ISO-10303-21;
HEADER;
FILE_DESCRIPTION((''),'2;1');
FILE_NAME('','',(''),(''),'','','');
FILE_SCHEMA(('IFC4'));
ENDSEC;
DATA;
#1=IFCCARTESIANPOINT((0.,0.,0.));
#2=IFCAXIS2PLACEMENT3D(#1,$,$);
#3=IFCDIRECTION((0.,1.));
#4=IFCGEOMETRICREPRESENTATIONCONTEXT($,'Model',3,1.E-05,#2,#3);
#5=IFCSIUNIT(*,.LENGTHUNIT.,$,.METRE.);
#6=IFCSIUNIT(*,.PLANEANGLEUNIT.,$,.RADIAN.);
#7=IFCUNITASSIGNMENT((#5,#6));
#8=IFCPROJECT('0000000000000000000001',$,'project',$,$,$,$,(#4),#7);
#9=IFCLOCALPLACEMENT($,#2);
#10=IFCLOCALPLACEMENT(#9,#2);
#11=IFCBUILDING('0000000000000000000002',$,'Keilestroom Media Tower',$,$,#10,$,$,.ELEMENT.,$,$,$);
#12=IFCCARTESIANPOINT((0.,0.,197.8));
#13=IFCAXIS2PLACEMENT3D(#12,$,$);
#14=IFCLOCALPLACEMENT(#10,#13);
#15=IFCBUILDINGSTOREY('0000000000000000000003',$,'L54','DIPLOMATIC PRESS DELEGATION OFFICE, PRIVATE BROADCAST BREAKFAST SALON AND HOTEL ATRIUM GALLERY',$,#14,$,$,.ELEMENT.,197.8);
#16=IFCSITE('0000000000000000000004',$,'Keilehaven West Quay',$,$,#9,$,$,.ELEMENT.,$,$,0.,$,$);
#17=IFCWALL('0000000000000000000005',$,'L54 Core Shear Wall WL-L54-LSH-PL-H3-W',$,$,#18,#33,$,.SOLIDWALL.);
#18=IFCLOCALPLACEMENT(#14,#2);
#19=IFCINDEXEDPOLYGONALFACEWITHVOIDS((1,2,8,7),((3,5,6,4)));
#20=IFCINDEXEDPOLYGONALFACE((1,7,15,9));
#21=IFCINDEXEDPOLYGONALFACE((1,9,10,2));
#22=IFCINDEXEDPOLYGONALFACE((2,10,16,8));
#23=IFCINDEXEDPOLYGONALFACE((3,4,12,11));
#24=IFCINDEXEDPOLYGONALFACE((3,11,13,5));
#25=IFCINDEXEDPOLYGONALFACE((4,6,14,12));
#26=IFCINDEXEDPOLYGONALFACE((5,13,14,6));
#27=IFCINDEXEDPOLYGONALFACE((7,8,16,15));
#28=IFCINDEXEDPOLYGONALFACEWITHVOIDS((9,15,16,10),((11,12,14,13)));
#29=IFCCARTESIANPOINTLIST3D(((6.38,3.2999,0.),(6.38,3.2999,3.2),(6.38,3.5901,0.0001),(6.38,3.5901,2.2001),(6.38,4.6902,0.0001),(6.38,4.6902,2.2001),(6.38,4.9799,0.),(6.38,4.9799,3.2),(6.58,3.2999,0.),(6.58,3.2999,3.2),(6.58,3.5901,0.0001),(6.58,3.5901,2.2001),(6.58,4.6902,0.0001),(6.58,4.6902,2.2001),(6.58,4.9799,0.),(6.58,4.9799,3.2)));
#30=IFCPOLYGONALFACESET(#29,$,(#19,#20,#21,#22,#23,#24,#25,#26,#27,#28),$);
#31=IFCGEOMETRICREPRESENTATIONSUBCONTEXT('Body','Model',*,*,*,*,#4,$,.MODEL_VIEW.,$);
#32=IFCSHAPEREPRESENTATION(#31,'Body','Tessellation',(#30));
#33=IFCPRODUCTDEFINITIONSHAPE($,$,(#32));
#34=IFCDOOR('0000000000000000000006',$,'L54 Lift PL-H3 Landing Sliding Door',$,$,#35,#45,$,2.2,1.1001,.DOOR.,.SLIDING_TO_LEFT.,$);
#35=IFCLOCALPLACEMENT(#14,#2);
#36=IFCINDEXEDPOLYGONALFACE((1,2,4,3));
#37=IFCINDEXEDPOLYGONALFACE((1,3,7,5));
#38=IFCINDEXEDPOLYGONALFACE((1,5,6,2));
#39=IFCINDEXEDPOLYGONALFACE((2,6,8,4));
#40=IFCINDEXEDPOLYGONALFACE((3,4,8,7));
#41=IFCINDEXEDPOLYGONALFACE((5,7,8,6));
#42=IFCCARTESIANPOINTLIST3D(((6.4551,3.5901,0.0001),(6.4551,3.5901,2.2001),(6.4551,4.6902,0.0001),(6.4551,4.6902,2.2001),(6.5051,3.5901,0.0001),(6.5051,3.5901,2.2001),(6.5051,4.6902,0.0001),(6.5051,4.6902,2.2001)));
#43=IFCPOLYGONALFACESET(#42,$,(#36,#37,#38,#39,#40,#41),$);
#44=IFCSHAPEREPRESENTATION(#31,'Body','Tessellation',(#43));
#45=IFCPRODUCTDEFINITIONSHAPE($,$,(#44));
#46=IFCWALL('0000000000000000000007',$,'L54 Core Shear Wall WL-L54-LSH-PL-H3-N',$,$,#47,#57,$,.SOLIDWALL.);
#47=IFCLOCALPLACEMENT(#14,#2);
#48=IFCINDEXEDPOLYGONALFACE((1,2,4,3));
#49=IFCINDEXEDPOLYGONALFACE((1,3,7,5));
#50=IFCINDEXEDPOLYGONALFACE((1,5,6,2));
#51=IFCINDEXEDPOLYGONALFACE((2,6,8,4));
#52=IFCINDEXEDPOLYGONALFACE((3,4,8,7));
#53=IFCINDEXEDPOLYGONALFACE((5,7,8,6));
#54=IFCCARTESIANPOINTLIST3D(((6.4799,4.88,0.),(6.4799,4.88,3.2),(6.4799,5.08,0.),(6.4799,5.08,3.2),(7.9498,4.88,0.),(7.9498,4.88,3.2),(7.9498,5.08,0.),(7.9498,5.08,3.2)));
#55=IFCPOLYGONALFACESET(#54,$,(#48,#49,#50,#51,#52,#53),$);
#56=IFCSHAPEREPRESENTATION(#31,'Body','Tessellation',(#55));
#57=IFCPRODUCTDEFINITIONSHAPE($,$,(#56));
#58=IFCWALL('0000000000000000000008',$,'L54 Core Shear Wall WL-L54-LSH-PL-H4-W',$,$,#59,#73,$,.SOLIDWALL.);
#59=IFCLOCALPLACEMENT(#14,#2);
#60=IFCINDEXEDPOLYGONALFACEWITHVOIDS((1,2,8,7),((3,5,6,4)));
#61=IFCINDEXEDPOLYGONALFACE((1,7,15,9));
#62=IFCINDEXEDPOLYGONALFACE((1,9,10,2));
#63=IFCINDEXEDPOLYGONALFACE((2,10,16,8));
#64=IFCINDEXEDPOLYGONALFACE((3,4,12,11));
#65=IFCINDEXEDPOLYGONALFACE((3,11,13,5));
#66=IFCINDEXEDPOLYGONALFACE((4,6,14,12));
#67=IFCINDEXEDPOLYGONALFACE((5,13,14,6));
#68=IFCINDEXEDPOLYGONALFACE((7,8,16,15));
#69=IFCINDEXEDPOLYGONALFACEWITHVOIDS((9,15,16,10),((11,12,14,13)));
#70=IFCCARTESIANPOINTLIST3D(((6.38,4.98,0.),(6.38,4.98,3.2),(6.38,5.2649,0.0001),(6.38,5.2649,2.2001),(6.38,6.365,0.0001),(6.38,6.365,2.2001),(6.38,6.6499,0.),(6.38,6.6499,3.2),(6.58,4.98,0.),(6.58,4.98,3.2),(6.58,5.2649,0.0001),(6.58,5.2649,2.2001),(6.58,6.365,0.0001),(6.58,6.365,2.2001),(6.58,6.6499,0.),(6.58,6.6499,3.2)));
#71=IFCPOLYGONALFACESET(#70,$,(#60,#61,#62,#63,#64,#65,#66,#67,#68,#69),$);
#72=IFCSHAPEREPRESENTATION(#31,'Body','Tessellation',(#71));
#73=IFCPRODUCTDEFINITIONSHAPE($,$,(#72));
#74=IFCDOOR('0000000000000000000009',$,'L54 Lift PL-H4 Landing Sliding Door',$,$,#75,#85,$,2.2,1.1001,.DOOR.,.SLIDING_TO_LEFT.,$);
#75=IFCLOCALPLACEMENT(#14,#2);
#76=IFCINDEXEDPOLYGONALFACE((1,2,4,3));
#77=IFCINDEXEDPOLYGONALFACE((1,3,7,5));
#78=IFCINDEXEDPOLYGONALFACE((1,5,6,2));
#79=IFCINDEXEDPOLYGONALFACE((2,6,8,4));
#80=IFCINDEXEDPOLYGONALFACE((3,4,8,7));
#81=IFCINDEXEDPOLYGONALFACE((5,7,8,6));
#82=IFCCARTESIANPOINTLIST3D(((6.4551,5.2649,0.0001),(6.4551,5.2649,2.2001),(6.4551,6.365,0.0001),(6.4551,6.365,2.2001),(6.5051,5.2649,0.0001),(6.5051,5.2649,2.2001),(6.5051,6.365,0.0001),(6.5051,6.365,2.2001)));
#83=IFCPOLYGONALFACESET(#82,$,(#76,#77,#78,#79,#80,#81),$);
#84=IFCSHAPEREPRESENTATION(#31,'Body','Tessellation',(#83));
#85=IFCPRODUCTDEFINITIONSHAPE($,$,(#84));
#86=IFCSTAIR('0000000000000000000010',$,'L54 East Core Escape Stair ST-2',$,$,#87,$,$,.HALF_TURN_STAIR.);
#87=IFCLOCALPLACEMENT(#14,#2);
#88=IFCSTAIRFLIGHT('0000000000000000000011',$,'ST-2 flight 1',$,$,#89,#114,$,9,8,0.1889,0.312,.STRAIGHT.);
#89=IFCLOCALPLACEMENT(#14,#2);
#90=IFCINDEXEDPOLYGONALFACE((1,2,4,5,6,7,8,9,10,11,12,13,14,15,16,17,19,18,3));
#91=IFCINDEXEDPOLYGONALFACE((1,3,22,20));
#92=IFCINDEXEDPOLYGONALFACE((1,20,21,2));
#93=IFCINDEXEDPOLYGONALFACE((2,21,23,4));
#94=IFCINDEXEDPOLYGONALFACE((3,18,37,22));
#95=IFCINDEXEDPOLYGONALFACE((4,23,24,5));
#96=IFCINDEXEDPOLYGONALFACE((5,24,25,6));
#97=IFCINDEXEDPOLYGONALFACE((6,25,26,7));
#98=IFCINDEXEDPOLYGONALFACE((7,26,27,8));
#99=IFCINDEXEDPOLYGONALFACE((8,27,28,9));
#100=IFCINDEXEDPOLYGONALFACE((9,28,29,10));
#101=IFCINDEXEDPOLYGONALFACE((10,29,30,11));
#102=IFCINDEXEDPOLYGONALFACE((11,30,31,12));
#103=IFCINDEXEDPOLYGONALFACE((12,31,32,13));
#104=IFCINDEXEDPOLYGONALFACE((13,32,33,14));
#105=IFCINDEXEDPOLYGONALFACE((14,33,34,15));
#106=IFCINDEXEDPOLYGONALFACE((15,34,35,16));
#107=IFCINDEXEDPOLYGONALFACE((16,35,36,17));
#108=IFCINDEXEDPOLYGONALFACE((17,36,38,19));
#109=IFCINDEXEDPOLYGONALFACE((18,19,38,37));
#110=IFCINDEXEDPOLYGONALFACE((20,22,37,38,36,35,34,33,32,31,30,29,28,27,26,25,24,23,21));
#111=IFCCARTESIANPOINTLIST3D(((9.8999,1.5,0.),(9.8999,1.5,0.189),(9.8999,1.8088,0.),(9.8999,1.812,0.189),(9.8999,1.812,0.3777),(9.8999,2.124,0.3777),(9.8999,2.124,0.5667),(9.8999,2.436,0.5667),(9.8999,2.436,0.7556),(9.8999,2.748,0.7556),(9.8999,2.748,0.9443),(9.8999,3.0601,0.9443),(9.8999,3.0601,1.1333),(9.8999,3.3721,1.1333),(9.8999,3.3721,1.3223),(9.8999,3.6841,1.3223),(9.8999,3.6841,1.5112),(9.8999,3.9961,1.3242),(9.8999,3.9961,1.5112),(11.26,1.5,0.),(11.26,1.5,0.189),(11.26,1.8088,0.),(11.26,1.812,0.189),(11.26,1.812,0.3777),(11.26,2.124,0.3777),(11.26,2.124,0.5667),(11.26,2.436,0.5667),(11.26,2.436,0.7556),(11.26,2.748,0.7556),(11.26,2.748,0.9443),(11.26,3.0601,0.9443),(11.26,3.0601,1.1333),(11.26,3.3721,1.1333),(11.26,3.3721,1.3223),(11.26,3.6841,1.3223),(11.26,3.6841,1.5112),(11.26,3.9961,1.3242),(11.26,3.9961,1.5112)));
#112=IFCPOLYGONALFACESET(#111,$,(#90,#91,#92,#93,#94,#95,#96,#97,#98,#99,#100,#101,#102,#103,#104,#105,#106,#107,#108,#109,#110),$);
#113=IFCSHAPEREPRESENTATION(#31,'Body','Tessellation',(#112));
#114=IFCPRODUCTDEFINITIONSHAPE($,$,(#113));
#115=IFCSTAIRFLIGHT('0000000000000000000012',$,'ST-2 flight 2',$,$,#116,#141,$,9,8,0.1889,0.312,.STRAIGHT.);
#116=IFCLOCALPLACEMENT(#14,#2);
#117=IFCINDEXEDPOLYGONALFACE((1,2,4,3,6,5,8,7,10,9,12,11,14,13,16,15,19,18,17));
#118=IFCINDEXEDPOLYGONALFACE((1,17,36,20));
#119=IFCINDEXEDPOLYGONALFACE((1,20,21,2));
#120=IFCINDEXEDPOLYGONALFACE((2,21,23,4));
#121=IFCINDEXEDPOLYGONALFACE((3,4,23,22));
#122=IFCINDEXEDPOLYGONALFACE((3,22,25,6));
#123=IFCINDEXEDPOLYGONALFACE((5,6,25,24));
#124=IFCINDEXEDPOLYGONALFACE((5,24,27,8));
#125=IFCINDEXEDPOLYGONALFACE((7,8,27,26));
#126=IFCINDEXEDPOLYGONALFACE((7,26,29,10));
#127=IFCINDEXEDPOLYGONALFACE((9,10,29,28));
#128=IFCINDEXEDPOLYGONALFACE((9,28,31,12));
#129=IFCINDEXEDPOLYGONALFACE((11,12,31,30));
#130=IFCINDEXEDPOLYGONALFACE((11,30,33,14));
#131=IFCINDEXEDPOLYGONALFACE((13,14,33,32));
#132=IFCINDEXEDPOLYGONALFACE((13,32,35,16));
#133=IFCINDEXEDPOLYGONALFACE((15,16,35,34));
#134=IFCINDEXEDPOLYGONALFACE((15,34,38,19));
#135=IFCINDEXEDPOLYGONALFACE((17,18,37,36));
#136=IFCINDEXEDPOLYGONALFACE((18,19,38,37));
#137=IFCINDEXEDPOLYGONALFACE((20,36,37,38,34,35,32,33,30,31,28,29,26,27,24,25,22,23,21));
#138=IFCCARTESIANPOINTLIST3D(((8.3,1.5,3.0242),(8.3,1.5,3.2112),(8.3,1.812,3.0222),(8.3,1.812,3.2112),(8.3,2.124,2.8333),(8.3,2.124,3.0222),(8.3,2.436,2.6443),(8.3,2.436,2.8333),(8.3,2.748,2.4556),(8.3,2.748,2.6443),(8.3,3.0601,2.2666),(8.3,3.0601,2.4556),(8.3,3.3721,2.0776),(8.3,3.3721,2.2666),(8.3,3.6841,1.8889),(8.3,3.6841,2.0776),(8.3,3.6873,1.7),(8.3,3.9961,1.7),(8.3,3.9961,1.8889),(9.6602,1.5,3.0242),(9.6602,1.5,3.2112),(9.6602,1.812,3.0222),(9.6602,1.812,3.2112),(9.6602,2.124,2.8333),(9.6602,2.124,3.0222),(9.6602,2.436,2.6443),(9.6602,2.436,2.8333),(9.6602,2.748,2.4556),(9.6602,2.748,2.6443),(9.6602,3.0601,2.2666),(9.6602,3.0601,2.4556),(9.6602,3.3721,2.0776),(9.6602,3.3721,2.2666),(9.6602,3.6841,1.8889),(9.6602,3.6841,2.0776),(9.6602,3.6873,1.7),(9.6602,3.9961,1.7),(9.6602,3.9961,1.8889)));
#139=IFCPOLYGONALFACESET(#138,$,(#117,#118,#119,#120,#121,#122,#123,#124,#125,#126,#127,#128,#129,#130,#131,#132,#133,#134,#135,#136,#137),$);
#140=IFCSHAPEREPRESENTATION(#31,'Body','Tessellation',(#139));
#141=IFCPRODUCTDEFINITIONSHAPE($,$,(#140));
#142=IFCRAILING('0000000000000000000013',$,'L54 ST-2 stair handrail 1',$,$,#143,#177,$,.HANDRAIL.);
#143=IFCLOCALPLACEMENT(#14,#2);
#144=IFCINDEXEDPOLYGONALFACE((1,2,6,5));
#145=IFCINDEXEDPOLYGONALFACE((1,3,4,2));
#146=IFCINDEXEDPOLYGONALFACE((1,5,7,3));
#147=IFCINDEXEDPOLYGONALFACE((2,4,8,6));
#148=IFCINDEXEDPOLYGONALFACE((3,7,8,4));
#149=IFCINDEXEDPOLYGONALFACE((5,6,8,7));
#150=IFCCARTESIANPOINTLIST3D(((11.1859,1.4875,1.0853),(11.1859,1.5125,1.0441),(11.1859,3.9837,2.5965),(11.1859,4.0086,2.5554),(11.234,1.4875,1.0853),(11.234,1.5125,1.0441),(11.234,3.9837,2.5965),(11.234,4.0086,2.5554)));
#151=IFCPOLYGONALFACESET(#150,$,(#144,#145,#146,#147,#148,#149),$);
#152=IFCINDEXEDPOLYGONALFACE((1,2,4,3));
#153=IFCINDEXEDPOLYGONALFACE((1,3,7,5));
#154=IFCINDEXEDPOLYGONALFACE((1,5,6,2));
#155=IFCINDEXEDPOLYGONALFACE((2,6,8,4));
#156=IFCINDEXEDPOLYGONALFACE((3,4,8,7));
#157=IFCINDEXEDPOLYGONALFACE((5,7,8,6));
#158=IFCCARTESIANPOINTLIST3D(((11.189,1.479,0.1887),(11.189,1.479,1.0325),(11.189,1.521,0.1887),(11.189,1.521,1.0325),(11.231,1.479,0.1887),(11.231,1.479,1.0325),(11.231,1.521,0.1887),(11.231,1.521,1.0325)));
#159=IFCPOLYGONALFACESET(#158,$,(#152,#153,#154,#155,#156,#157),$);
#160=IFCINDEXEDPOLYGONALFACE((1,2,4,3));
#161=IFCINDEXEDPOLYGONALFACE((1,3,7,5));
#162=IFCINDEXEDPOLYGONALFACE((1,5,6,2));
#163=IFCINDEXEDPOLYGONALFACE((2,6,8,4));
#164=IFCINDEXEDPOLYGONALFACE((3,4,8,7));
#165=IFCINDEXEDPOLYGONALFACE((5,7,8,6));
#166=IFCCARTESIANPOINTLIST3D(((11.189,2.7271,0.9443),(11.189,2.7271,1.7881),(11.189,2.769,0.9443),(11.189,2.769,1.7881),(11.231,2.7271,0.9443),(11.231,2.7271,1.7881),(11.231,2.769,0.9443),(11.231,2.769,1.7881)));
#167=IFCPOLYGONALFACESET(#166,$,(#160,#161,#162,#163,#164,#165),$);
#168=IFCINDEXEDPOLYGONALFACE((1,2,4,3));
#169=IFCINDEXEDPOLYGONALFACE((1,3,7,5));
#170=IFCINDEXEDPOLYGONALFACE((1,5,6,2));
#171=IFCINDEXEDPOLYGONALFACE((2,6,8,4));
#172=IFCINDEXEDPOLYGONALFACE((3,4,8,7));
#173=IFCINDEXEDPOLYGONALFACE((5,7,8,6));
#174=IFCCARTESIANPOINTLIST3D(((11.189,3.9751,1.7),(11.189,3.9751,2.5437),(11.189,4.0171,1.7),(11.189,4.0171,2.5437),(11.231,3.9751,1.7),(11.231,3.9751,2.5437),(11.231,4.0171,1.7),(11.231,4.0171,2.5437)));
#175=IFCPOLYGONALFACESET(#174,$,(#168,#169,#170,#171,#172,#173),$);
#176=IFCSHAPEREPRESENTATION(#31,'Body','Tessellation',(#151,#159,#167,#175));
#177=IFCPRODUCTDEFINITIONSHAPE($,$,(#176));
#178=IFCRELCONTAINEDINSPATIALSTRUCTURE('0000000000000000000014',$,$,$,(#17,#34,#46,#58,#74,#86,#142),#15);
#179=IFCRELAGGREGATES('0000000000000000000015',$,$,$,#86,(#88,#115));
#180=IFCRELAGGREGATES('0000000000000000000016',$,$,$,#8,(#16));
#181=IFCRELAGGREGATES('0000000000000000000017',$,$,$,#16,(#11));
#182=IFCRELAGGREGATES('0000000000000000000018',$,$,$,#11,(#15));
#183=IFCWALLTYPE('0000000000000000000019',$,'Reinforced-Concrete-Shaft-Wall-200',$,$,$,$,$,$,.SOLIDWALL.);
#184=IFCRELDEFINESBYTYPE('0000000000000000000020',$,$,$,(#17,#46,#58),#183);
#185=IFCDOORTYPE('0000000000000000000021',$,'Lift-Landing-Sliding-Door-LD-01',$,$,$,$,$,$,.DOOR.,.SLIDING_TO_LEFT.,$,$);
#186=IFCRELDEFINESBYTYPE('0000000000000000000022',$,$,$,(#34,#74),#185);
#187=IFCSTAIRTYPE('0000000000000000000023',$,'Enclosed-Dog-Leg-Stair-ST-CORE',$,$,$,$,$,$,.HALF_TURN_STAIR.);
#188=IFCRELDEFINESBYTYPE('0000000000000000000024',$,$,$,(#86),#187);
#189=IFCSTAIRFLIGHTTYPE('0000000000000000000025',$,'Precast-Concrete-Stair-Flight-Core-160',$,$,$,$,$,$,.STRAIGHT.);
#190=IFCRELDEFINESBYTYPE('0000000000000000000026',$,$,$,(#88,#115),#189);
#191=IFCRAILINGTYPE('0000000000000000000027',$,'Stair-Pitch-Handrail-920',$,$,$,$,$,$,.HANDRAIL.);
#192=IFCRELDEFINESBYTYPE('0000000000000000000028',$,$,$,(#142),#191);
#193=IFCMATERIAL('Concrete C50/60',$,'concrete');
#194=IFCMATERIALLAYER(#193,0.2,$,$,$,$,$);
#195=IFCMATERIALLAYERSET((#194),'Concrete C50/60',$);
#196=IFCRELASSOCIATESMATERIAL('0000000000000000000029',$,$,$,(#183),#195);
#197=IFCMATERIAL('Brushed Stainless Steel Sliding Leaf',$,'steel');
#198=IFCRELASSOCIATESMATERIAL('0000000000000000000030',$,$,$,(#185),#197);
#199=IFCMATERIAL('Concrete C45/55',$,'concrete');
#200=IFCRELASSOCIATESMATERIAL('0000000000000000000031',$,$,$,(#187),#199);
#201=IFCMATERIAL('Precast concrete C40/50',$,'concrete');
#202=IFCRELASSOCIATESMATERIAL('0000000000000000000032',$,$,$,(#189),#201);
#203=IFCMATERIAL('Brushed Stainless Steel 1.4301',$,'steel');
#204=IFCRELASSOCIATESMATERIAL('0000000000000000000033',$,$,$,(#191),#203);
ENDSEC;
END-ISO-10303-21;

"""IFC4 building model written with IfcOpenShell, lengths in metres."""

from ifc_helpers import new_model, si_unit, direction, frame, frame_2d, origin, origin_2d, place, context, subcontext, project, spatial, polyline, rectangle, outline, extrude, source, transform, mapped, material, layer, layer_set, type_object, element, fill, aggregate, save


model = new_model("IFC4")

# Units and contexts
model_context = context("Model", 3, precision=1e-05, world=origin(), true_north=direction((0.0, 1.0)))
body_context = subcontext(model_context, "Body", "Model", "MODEL_VIEW")
ifc_project = project(units=[si_unit("LENGTHUNIT", "METRE"), si_unit("PLANEANGLEUNIT", "RADIAN")], contexts=[model_context])

# Site, building, storey
site_placement = place(None, origin())
site = spatial("IfcSite", under=ifc_project, at=site_placement, Name="Keilehaven West Quay", CompositionType="ELEMENT", RefElevation=0.0)
building_placement = place(site_placement, origin())
building = spatial("IfcBuilding", under=site, at=building_placement, Name="Keilestroom Media Tower", CompositionType="ELEMENT")
storey_placement = place(building_placement, frame((0.0, 0.0, 197.8)))
storey = spatial("IfcBuildingStorey", under=building, at=storey_placement, Name="L54", Description="DIPLOMATIC PRESS DELEGATION OFFICE, PRIVATE BROADCAST BREAKFAST SALON AND HOTEL ATRIUM GALLERY", CompositionType="ELEMENT", Elevation=197.8)

# Shared definitions
ifc_material_1 = material(Name="Concrete C50/60", Category="concrete")
ifc_layer_1 = layer(ifc_material_1, 0.2)
ifc_layer_set_1 = layer_set([ifc_layer_1], Name="Concrete C50/60")
wall_type_1 = type_object("IfcWallType", Name="Reinforced-Concrete-Shaft-Wall-200", PredefinedType="SOLIDWALL", material=ifc_layer_set_1)

# Wall, opening, door
wall_1_placement = place(storey_placement, frame((6.48, 3.3, 0.0), z_axis=(0.0, 0.0, 1.0), x_axis=(0.0, 1.0, 0.0)))
wall_1 = element("IfcWall", 1, at=wall_1_placement, inside=storey, type_object=wall_type_1, Name="L54 Core Shear Wall WL-L54-LSH-PL-H3-W", PredefinedType="SOLIDWALL", context=body_context, shape_type="SweptSolid", body=[
    extrude(rectangle(XDim=1.6799, YDim=0.2, at=frame_2d((0.8398, 0.0))), origin(), (0.0, 0.0, 1.0), 3.2),
])
opening_1_placement = place(wall_1_placement, frame((0.29, 0.0, 0.0)))
opening_1 = element("IfcOpeningElement", 2, at=opening_1_placement, cuts=wall_1, PredefinedType="OPENING", context=body_context, shape_type="SweptSolid", body=[
    extrude(rectangle(XDim=1.1001, YDim=2.2, at=frame_2d((0.55, 1.1001))), frame((0.0, 0.1099, 0.0), z_axis=(0.0, -1.0, 0.0), x_axis=(1.0, 0.0, 0.0)), (0.0, 0.0, 1.0), 0.22),
])
ifc_material_2 = material(Name="Brushed Stainless Steel Sliding Leaf", Category="steel")
door_type_1 = type_object("IfcDoorType", Name="Lift-Landing-Sliding-Door-LD-01", OperationType="SLIDING_TO_LEFT", PredefinedType="DOOR", material=ifc_material_2)
shared_shape_1 = source(origin(), body_context, "Body", "SweptSolid", [
    extrude(rectangle(XDim=1.1001, YDim=2.2, at=frame_2d((0.55, 1.1001))), frame((0.0, 0.0249, 0.0), z_axis=(0.0, -1.0, 0.0), x_axis=(1.0, 0.0, 0.0)), (0.0, 0.0, 1.0), 0.05),
])
door_1_placement = place(opening_1_placement, origin())
door_1 = element("IfcDoor", 3, at=door_1_placement, inside=storey, type_object=door_type_1, Name="L54 Lift PL-H3 Landing Sliding Door", OperationType="SLIDING_TO_LEFT", OverallHeight=2.2, OverallWidth=1.1001, PredefinedType="DOOR", context=body_context, shape_type="MappedRepresentation", body=[
    mapped(shared_shape_1, transform((0.0, 0.0, 0.0), x_axis=(1.0, 0.0, 0.0), y_axis=(0.0, 1.0, 0.0), z_axis=(0.0, 0.0, 1.0), scale=1.0)),
])
fill(opening_1, door_1)

# Wall
wall_2_placement = place(storey_placement, frame((6.48, 4.98, 0.0), z_axis=(0.0, 0.0, 1.0), x_axis=(1.0, 0.0, 0.0)))
element("IfcWall", 4, at=wall_2_placement, inside=storey, type_object=wall_type_1, Name="L54 Core Shear Wall WL-L54-LSH-PL-H3-N", PredefinedType="SOLIDWALL", context=body_context, shape_type="SweptSolid", body=[
    extrude(rectangle(XDim=1.47, YDim=0.2, at=frame_2d((0.7349, 0.0))), origin(), (0.0, 0.0, 1.0), 3.2),
])

# Wall, opening, door
wall_3_placement = place(storey_placement, frame((6.48, 4.98, 0.0), z_axis=(0.0, 0.0, 1.0), x_axis=(0.0, 1.0, 0.0)))
wall_3 = element("IfcWall", 5, at=wall_3_placement, inside=storey, type_object=wall_type_1, Name="L54 Core Shear Wall WL-L54-LSH-PL-H4-W", PredefinedType="SOLIDWALL", context=body_context, shape_type="SweptSolid", body=[
    extrude(rectangle(XDim=1.6699, YDim=0.2, at=frame_2d((0.835, 0.0))), origin(), (0.0, 0.0, 1.0), 3.2),
])
opening_2_placement = place(wall_3_placement, frame((0.2849, 0.0, 0.0)))
opening_2 = element("IfcOpeningElement", 6, at=opening_2_placement, cuts=wall_3, PredefinedType="OPENING", context=body_context, shape_type="SweptSolid", body=[
    extrude(rectangle(XDim=1.1001, YDim=2.2, at=frame_2d((0.55, 1.1001))), frame((0.0, 0.1099, 0.0), z_axis=(0.0, -1.0, 0.0), x_axis=(1.0, 0.0, 0.0)), (0.0, 0.0, 1.0), 0.22),
])
door_2_placement = place(opening_2_placement, origin())
door_2 = element("IfcDoor", 7, at=door_2_placement, inside=storey, type_object=door_type_1, Name="L54 Lift PL-H4 Landing Sliding Door", OperationType="SLIDING_TO_LEFT", OverallHeight=2.2, OverallWidth=1.1001, PredefinedType="DOOR", context=body_context, shape_type="MappedRepresentation", body=[
    mapped(shared_shape_1, transform((0.0, 0.0, 0.0), x_axis=(1.0, 0.0, 0.0), y_axis=(0.0, 1.0, 0.0), z_axis=(0.0, 0.0, 1.0), scale=1.0)),
])
fill(opening_2, door_2)

# Stair, stair flights
ifc_material_3 = material(Name="Concrete C45/55", Category="concrete")
stair_type = type_object("IfcStairType", Name="Enclosed-Dog-Leg-Stair-ST-CORE", PredefinedType="HALF_TURN_STAIR", material=ifc_material_3)
stair_placement = place(storey_placement, origin())
stair = element("IfcStair", 8, at=stair_placement, inside=storey, type_object=stair_type, Name="L54 East Core Escape Stair ST-2", PredefinedType="HALF_TURN_STAIR")
ifc_material_4 = material(Name="Precast concrete C40/50", Category="concrete")
stair_flight_type = type_object("IfcStairFlightType", Name="Precast-Concrete-Stair-Flight-Core-160", PredefinedType="STRAIGHT", material=ifc_material_4)
stair_flight_1_placement = place(storey_placement, frame((10.5801, 1.5, 0.0), z_axis=(0.0, 0.0, 1.0), x_axis=(0.0, 1.0, 0.0)))
stair_flight_1 = element("IfcStairFlight", 9, at=stair_flight_1_placement, type_object=stair_flight_type, Name="ST-2 flight 1", NumberOfRisers=9, NumberOfTreads=8, PredefinedType="STRAIGHT", RiserHeight=0.1889, TreadLength=0.312, context=body_context, shape_type="SweptSolid", body=[
    extrude(outline(polyline([(0.0, 0.0), (0.0, 0.189), (0.312, 0.189), (0.312, 0.3777), (0.624, 0.3777), (0.624, 0.5667), (0.936, 0.5667), (0.936, 0.7556), (1.248, 0.7556), (1.248, 0.9443), (1.5601, 0.9443), (1.5601, 1.1333), (1.8721, 1.1333), (1.8721, 1.3223), (2.1841, 1.3223), (2.1841, 1.5112), (2.4961, 1.5112), (2.4961, 1.7), (2.4961, 1.3242), (0.3088, 0.0), (0.0, 0.0)])), frame((0.0, 0.6802, 0.0), z_axis=(0.0, -1.0, 0.0), x_axis=(1.0, 0.0, 0.0)), (0.0, 0.0, 1.0), 1.3601),
])
stair_flight_2_placement = place(storey_placement, frame((8.98, 3.9961, 1.7), z_axis=(0.0, 0.0, 1.0), x_axis=(0.0, -1.0, 0.0)))
stair_flight_2 = element("IfcStairFlight", 10, at=stair_flight_2_placement, type_object=stair_flight_type, Name="ST-2 flight 2", NumberOfRisers=9, NumberOfTreads=8, PredefinedType="STRAIGHT", RiserHeight=0.1889, TreadLength=0.312, context=body_context, shape_type="SweptSolid", body=[
    extrude(outline(polyline([(0.0, 0.0), (0.0, 0.189), (0.312, 0.189), (0.312, 0.3777), (0.624, 0.3777), (0.624, 0.5667), (0.936, 0.5667), (0.936, 0.7556), (1.248, 0.7556), (1.248, 0.9443), (1.5601, 0.9443), (1.5601, 1.1333), (1.8721, 1.1333), (1.8721, 1.3223), (2.1841, 1.3223), (2.1841, 1.5112), (2.4961, 1.5112), (2.4961, 1.7), (2.4961, 1.3242), (0.3088, 0.0), (0.0, 0.0)])), frame((0.0, 0.6802, 0.0), z_axis=(0.0, -1.0, 0.0), x_axis=(1.0, 0.0, 0.0)), (0.0, 0.0, 1.0), 1.3601),
])
aggregate(stair, [stair_flight_1, stair_flight_2])

# Railing
ifc_material_5 = material(Name="Brushed Stainless Steel 1.4301", Category="steel")
railing_type_1 = type_object("IfcRailingType", Name="Stair-Pitch-Handrail-920", PredefinedType="HANDRAIL", material=ifc_material_5)
railing_1_placement = place(storey_placement, frame((11.21, 1.5, 0.1887)))
element("IfcRailing", 11, at=railing_1_placement, inside=storey, type_object=railing_type_1, Name="L54 ST-2 stair handrail 1", PredefinedType="HANDRAIL", context=body_context, shape_type="SweptSolid", body=[
    extrude(rectangle(XDim=0.0481, YDim=0.0481, at=origin_2d()), frame((0.0, 0.0, 0.876), z_axis=(0.0, 0.855434, 0.517912), x_axis=(-1.0, 0.0, 0.0)), (0.0, 0.0, 1.0), 2.918),
    extrude(rectangle(XDim=0.042, YDim=0.042, at=origin_2d()), origin(), (0.0, 0.0, 1.0), 0.8438),
    extrude(rectangle(XDim=0.042, YDim=0.042, at=origin_2d()), frame((0.0, 1.248, 0.7556)), (0.0, 0.0, 1.0), 0.8438),
    extrude(rectangle(XDim=0.042, YDim=0.042, at=origin_2d()), frame((0.0, 2.4961, 1.5112)), (0.0, 0.0, 1.0), 0.8438),
])

save(model, "model.ifc")
